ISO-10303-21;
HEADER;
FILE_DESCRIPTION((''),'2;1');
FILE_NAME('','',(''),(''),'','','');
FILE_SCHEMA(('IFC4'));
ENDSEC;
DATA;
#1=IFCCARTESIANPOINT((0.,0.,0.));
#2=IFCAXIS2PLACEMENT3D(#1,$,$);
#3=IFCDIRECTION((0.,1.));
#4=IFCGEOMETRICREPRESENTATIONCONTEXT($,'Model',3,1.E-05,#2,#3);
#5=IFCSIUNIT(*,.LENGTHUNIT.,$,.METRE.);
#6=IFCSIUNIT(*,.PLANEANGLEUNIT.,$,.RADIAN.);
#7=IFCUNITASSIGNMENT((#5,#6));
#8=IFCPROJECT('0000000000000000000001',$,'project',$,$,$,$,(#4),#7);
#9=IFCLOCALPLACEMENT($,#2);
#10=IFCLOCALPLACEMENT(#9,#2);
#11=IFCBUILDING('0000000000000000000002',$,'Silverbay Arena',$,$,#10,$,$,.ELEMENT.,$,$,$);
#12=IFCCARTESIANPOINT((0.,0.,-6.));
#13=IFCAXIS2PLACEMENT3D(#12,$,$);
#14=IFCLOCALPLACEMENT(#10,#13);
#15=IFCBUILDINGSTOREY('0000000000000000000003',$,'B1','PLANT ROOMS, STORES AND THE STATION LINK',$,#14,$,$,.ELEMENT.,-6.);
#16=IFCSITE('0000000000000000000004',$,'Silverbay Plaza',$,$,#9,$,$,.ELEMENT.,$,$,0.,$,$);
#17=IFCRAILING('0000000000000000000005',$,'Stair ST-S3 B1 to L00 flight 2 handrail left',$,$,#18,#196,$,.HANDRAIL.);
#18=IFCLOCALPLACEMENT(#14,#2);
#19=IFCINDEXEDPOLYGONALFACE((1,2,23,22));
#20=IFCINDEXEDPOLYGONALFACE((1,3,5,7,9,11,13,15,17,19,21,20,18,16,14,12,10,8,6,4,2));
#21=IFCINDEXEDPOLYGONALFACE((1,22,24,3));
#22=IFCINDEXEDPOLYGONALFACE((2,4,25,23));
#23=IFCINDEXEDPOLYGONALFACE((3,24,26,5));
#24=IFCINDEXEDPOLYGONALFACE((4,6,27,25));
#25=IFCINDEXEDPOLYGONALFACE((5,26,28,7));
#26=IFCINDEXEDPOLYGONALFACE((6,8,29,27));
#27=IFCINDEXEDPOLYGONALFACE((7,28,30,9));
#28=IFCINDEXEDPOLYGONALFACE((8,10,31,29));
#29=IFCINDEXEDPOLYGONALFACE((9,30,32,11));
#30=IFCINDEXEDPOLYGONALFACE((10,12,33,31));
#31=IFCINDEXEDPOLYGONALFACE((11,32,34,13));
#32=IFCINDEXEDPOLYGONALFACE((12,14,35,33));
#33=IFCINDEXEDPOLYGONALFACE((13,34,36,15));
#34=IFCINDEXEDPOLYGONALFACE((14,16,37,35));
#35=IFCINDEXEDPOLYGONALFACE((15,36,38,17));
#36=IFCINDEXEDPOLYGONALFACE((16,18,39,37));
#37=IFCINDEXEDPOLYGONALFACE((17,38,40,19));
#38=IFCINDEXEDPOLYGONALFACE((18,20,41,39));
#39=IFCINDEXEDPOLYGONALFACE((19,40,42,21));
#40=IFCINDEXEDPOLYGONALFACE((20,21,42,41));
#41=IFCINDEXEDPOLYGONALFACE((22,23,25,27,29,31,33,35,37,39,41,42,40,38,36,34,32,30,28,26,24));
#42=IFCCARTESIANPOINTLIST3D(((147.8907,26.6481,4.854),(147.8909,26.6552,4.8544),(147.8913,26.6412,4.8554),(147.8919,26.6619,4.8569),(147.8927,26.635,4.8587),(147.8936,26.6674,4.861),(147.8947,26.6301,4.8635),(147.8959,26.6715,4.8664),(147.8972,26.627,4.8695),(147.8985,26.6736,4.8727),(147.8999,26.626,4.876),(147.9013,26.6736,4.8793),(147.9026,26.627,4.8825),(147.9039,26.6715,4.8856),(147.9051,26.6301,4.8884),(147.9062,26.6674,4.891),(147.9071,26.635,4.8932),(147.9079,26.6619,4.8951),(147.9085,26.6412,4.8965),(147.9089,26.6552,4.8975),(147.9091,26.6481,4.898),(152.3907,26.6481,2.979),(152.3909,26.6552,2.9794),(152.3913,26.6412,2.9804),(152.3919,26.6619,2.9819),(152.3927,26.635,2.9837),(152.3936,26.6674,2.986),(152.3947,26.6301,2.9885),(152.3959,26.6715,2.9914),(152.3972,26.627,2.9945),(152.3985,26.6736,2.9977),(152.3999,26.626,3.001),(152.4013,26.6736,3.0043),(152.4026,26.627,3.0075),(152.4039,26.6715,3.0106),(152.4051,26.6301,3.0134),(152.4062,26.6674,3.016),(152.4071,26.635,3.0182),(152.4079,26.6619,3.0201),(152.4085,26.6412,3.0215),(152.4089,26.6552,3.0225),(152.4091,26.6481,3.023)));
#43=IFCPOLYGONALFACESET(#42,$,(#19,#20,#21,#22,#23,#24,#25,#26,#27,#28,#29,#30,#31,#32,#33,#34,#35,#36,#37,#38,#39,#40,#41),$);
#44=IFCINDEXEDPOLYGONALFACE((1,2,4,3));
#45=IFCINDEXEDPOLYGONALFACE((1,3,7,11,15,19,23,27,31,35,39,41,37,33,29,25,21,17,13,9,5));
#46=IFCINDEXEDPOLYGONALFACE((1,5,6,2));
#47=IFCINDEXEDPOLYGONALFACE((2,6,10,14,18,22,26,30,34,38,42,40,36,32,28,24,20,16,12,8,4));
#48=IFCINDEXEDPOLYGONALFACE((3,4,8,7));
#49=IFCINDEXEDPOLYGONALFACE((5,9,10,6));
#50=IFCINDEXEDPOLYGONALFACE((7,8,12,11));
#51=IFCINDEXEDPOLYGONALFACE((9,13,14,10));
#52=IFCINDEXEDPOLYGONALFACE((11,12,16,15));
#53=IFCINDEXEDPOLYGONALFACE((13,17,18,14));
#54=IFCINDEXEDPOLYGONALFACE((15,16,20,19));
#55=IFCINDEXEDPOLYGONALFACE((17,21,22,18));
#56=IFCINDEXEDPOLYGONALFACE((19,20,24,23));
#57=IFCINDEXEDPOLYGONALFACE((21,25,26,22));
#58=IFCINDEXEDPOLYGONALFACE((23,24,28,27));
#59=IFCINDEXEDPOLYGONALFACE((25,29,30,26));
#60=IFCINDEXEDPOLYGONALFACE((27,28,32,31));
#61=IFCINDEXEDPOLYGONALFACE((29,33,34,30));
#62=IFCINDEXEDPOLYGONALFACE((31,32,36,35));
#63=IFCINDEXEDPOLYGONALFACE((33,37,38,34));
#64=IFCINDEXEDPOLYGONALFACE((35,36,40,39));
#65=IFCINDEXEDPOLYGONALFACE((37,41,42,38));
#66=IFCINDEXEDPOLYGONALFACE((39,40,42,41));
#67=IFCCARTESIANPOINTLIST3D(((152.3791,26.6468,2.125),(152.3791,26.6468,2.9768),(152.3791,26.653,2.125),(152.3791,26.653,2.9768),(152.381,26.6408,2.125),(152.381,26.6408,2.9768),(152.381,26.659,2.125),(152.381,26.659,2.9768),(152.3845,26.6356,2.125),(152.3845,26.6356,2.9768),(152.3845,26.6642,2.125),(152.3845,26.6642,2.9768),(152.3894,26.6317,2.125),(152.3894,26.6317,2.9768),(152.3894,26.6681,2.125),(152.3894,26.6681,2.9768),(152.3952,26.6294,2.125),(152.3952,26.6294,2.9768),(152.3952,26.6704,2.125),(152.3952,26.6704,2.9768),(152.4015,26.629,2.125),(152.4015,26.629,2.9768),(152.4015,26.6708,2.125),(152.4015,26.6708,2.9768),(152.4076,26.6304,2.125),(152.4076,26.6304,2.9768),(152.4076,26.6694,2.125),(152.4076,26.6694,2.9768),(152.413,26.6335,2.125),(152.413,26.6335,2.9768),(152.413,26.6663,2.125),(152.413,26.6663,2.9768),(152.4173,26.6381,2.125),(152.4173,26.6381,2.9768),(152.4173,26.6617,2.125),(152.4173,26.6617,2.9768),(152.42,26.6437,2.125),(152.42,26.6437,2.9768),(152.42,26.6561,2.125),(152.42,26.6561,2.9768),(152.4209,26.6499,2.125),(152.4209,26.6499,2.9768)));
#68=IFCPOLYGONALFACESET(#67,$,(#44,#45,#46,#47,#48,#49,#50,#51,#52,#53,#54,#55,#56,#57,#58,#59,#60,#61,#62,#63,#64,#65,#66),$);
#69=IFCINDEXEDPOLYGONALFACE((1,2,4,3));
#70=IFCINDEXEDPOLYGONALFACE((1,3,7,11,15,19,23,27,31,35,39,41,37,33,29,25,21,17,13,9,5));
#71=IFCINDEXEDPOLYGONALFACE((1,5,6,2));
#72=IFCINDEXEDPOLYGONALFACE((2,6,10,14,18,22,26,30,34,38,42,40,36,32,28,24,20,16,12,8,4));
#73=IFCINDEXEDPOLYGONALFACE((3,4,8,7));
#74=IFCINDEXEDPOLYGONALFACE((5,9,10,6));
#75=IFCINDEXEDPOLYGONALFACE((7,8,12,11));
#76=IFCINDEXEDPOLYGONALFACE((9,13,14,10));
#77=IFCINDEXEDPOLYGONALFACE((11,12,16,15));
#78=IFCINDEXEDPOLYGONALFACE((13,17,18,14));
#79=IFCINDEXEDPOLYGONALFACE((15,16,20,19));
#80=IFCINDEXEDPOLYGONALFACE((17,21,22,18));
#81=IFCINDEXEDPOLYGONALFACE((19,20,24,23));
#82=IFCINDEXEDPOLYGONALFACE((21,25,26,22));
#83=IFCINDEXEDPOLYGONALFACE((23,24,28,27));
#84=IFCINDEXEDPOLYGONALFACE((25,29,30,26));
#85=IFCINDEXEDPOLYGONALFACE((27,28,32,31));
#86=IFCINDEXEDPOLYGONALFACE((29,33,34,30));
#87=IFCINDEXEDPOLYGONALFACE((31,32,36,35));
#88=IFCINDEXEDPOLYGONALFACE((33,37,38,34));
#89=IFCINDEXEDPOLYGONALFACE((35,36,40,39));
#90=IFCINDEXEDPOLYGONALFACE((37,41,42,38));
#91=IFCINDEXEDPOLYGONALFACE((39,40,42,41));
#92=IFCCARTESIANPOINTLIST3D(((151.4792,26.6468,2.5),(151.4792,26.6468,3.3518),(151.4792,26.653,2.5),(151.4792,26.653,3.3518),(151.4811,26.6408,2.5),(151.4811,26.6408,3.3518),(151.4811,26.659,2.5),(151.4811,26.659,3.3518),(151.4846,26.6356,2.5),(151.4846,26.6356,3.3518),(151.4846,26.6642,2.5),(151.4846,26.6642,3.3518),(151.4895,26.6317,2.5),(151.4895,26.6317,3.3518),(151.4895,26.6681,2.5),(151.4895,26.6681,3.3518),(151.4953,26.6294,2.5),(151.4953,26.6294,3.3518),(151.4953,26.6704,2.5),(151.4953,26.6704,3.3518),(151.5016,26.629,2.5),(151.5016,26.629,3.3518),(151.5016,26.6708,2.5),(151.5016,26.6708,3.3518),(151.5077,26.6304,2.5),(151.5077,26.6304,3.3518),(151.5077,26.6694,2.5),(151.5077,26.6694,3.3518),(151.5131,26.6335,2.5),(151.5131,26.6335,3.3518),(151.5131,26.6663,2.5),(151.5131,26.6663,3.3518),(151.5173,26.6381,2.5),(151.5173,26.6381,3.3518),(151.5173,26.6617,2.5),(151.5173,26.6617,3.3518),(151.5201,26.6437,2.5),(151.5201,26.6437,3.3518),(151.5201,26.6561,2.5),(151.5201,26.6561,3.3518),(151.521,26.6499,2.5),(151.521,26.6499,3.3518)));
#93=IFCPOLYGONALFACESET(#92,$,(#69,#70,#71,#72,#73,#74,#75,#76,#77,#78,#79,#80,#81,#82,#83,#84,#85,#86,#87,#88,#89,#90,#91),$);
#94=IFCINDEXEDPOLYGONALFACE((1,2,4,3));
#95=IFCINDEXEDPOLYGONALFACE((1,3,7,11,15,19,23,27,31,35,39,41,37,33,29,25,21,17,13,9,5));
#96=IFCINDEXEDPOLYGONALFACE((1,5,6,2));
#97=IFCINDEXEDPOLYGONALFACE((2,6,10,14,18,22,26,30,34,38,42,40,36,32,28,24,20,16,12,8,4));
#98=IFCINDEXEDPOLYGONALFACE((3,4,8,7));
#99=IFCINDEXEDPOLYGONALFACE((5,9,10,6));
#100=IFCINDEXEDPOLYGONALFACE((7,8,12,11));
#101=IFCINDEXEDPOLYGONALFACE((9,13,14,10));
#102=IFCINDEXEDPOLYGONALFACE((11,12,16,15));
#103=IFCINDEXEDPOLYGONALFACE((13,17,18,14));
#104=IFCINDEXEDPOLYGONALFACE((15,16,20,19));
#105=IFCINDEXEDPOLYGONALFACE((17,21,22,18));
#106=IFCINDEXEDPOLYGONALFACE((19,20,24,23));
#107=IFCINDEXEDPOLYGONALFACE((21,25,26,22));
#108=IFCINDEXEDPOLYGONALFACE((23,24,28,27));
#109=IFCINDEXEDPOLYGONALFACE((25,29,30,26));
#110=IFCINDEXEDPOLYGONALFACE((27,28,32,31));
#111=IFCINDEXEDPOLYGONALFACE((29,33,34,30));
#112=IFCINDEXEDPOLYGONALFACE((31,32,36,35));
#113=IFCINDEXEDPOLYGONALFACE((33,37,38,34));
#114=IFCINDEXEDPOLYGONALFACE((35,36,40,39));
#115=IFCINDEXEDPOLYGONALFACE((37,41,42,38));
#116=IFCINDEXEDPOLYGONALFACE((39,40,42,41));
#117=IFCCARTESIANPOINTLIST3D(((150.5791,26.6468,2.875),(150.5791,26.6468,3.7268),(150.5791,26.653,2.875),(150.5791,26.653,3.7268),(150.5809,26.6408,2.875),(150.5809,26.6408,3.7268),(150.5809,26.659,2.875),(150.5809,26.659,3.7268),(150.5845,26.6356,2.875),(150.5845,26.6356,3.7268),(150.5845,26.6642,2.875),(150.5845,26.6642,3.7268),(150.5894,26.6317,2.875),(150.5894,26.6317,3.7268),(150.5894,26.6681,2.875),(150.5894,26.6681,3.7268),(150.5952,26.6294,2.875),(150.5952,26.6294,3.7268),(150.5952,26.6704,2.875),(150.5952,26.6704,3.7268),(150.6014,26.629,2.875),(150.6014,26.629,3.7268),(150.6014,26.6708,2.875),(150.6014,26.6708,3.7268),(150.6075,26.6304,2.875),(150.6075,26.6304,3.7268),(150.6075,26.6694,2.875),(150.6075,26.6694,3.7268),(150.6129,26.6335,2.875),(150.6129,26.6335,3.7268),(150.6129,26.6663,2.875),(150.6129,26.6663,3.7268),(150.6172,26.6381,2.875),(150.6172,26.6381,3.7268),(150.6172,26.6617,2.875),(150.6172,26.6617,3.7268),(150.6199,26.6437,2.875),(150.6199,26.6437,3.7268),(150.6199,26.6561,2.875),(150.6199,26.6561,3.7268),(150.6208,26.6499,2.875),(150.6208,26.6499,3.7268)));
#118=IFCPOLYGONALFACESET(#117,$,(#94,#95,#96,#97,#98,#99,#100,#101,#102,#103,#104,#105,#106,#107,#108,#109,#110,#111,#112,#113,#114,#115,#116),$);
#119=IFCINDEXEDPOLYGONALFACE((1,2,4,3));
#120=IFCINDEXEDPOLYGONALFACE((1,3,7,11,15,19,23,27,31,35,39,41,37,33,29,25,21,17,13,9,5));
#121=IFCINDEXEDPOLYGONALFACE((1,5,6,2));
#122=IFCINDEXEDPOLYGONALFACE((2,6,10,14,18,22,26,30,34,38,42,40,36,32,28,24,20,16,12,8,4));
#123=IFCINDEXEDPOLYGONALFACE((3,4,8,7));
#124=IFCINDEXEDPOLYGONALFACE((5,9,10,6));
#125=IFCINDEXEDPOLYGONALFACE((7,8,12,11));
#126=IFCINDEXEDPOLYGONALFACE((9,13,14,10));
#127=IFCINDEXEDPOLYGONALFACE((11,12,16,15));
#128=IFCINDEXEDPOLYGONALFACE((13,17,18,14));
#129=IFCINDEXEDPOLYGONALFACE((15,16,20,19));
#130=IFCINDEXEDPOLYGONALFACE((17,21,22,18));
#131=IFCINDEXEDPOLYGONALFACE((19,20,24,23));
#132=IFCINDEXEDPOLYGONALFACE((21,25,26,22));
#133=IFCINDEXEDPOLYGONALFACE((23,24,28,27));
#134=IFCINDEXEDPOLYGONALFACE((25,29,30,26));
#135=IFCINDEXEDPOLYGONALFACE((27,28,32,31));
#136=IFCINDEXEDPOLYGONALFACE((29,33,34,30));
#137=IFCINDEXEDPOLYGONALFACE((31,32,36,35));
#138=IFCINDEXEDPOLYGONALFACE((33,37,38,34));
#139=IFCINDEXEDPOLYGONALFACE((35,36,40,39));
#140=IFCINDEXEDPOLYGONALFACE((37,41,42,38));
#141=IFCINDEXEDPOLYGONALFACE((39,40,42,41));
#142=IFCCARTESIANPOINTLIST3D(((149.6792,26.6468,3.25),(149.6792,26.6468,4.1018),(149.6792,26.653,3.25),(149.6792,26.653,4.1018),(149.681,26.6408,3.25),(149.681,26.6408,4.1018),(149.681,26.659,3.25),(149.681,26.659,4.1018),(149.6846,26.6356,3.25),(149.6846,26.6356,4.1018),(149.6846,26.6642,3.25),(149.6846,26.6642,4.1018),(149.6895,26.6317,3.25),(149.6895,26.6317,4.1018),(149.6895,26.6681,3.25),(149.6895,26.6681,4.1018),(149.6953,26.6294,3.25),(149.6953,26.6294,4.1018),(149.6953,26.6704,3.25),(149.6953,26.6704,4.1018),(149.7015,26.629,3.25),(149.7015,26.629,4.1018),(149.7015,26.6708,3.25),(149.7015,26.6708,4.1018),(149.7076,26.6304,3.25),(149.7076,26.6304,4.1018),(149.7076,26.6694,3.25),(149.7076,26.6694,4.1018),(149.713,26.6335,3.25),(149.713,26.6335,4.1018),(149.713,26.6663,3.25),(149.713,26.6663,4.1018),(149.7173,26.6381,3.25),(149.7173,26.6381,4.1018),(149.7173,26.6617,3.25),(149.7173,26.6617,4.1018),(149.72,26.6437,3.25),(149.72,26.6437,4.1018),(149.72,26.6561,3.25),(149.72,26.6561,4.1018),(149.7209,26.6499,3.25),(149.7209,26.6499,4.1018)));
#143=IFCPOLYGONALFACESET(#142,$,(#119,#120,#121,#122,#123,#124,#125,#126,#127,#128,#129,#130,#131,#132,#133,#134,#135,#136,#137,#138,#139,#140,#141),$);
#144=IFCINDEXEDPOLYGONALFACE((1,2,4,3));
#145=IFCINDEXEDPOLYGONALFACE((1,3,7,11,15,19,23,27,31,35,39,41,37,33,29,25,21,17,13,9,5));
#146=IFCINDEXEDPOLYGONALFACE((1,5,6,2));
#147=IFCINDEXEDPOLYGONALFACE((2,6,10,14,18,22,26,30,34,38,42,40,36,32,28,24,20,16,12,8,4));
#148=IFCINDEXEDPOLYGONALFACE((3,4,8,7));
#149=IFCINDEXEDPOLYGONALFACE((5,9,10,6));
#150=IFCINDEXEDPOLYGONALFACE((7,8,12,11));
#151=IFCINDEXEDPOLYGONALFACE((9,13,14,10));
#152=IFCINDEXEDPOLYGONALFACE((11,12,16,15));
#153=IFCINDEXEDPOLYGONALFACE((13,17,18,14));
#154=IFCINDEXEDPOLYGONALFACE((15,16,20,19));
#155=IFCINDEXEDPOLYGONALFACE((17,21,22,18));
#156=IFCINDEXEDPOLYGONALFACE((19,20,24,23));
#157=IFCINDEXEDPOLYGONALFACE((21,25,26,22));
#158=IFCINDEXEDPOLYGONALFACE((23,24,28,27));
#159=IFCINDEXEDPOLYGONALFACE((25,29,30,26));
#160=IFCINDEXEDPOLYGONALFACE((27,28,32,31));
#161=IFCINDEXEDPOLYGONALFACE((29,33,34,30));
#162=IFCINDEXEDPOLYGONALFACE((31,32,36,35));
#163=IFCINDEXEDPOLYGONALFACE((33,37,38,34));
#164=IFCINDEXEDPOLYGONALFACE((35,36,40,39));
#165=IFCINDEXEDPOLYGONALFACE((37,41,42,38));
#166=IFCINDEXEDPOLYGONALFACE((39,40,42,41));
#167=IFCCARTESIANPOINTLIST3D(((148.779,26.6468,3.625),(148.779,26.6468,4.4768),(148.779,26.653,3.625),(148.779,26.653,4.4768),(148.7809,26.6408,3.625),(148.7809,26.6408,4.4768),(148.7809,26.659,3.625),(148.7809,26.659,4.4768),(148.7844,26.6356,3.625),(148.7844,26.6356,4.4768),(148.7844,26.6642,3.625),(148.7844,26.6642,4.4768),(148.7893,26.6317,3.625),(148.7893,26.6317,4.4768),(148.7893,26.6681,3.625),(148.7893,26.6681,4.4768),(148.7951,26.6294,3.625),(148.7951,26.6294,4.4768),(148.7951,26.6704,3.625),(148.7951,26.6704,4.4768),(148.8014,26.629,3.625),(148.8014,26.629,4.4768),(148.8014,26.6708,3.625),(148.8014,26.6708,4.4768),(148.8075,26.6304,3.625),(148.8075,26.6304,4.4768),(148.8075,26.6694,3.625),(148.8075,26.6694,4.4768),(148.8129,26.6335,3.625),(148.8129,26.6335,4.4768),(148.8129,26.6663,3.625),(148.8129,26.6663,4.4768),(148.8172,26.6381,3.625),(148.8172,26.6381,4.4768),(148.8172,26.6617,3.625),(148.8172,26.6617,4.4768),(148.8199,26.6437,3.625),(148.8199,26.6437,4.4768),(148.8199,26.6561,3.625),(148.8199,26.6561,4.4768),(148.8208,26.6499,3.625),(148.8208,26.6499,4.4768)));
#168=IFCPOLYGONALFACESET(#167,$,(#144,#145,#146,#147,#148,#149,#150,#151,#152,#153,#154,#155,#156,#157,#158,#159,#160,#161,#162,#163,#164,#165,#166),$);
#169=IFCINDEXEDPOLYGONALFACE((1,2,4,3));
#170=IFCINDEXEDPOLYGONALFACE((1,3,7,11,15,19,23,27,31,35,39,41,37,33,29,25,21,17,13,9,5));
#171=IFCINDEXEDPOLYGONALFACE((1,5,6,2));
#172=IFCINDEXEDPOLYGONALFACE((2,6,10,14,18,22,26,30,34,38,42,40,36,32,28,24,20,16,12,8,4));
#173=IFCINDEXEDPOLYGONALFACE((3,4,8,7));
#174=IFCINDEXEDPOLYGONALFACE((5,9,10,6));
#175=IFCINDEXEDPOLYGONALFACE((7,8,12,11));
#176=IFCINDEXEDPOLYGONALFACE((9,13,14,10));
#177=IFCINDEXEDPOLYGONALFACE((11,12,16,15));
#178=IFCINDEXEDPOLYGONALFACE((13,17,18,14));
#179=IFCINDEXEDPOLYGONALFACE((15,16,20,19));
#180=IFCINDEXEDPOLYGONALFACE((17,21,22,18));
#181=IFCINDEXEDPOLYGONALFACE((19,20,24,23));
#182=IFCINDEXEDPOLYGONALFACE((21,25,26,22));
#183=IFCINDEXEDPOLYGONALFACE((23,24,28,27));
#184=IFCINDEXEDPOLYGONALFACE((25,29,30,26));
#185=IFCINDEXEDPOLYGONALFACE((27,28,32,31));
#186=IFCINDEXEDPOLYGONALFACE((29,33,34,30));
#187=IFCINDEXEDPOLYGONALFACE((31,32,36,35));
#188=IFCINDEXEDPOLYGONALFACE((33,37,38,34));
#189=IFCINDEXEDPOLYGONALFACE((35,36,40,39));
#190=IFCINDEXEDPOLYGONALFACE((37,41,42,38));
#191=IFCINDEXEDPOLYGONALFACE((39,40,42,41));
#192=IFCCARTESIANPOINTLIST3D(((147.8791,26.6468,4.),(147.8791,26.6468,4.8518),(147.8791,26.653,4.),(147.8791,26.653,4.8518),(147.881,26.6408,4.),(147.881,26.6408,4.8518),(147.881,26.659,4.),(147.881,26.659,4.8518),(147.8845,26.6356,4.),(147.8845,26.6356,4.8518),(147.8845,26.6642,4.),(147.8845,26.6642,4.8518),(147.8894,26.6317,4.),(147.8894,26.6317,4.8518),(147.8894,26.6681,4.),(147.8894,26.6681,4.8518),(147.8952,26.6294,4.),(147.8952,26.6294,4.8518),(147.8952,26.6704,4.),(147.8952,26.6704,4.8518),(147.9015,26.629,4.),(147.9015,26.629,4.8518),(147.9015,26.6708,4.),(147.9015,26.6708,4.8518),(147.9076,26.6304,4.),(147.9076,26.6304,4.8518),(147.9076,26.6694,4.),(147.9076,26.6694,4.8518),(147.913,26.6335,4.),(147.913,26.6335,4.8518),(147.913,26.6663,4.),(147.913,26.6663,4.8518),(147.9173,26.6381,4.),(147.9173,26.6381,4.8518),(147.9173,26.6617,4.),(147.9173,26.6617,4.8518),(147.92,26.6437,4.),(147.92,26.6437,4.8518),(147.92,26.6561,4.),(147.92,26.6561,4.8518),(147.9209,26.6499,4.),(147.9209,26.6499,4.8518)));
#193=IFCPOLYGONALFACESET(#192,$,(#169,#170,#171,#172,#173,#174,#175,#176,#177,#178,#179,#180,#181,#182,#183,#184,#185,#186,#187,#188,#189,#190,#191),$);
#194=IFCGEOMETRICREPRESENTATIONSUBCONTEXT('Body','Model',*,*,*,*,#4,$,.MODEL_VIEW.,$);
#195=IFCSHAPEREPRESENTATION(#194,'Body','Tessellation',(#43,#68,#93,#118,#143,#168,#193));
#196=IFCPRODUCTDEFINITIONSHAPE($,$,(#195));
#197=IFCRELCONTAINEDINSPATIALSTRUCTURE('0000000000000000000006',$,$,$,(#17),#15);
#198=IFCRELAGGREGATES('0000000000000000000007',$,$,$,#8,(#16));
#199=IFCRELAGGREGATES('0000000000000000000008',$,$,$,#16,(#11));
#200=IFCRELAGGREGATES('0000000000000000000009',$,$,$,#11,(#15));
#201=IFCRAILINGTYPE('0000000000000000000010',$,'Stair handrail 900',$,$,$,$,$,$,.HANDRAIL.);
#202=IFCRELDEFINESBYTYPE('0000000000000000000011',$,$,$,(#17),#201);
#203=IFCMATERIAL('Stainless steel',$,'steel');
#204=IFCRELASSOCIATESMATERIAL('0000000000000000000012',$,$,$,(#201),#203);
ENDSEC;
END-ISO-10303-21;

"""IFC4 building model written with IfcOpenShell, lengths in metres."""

from ifc_helpers import new_model, si_unit, direction, frame, origin, origin_2d, place, context, subcontext, project, spatial, circle, extrude, material, type_object, element, save


model = new_model("IFC4")

# Units and contexts
model_context = context("Model", 3, precision=1e-05, world=origin(), true_north=direction((0.0, 1.0)))
body_context = subcontext(model_context, "Body", "Model", "MODEL_VIEW")
ifc_project = project(units=[si_unit("LENGTHUNIT", "METRE"), si_unit("PLANEANGLEUNIT", "RADIAN")], contexts=[model_context])

# Site, building, storey
site_placement = place(None, origin())
site = spatial("IfcSite", under=ifc_project, at=site_placement, Name="Silverbay Plaza", CompositionType="ELEMENT", RefElevation=0.0)
building_placement = place(site_placement, origin())
building = spatial("IfcBuilding", under=site, at=building_placement, Name="Silverbay Arena", CompositionType="ELEMENT")
storey_placement = place(building_placement, frame((0.0, 0.0, -6.0)))
storey = spatial("IfcBuildingStorey", under=building, at=storey_placement, Name="B1", Description="PLANT ROOMS, STORES AND THE STATION LINK", CompositionType="ELEMENT", Elevation=-6.0)

# Railing
ifc_material_1 = material(Name="Stainless steel", Category="steel")
railing_type_1 = type_object("IfcRailingType", Name="Stair handrail 900", PredefinedType="HANDRAIL", material=ifc_material_1)
for number, where, name in (
    (1, (152.3999, 26.6499, 2.125), "Stair ST-S3 B1 to L00 flight 2 handrail left"),
):
    element("IfcRailing", number, at=place(storey_placement, frame(where)), inside=storey, type_object=railing_type_1, Name=name, PredefinedType="HANDRAIL", context=body_context, shape_type="SweptSolid", body=[
        extrude(circle(Radius=0.0239, at=origin_2d()), frame((0.0, 0.0, 0.876), z_axis=(-0.923077, 0.0, 0.384615), x_axis=(0.0, -1.0, 0.0)), (0.0, 0.0, 1.0), 4.875),
        extrude(circle(Radius=0.021, at=origin_2d()), origin(), (0.0, 0.0, 1.0), 0.8518),
        extrude(circle(Radius=0.021, at=origin_2d()), frame((-0.8999, 0.0, 0.375)), (0.0, 0.0, 1.0), 0.8518),
        extrude(circle(Radius=0.021, at=origin_2d()), frame((-1.8, 0.0, 0.75)), (0.0, 0.0, 1.0), 0.8518),
        extrude(circle(Radius=0.021, at=origin_2d()), frame((-2.7, 0.0, 1.125)), (0.0, 0.0, 1.0), 0.8518),
        extrude(circle(Radius=0.021, at=origin_2d()), frame((-3.6001, 0.0, 1.5)), (0.0, 0.0, 1.0), 0.8518),
        extrude(circle(Radius=0.021, at=origin_2d()), frame((-4.5, 0.0, 1.875)), (0.0, 0.0, 1.0), 0.8518),
    ])

save(model, "model.ifc")
